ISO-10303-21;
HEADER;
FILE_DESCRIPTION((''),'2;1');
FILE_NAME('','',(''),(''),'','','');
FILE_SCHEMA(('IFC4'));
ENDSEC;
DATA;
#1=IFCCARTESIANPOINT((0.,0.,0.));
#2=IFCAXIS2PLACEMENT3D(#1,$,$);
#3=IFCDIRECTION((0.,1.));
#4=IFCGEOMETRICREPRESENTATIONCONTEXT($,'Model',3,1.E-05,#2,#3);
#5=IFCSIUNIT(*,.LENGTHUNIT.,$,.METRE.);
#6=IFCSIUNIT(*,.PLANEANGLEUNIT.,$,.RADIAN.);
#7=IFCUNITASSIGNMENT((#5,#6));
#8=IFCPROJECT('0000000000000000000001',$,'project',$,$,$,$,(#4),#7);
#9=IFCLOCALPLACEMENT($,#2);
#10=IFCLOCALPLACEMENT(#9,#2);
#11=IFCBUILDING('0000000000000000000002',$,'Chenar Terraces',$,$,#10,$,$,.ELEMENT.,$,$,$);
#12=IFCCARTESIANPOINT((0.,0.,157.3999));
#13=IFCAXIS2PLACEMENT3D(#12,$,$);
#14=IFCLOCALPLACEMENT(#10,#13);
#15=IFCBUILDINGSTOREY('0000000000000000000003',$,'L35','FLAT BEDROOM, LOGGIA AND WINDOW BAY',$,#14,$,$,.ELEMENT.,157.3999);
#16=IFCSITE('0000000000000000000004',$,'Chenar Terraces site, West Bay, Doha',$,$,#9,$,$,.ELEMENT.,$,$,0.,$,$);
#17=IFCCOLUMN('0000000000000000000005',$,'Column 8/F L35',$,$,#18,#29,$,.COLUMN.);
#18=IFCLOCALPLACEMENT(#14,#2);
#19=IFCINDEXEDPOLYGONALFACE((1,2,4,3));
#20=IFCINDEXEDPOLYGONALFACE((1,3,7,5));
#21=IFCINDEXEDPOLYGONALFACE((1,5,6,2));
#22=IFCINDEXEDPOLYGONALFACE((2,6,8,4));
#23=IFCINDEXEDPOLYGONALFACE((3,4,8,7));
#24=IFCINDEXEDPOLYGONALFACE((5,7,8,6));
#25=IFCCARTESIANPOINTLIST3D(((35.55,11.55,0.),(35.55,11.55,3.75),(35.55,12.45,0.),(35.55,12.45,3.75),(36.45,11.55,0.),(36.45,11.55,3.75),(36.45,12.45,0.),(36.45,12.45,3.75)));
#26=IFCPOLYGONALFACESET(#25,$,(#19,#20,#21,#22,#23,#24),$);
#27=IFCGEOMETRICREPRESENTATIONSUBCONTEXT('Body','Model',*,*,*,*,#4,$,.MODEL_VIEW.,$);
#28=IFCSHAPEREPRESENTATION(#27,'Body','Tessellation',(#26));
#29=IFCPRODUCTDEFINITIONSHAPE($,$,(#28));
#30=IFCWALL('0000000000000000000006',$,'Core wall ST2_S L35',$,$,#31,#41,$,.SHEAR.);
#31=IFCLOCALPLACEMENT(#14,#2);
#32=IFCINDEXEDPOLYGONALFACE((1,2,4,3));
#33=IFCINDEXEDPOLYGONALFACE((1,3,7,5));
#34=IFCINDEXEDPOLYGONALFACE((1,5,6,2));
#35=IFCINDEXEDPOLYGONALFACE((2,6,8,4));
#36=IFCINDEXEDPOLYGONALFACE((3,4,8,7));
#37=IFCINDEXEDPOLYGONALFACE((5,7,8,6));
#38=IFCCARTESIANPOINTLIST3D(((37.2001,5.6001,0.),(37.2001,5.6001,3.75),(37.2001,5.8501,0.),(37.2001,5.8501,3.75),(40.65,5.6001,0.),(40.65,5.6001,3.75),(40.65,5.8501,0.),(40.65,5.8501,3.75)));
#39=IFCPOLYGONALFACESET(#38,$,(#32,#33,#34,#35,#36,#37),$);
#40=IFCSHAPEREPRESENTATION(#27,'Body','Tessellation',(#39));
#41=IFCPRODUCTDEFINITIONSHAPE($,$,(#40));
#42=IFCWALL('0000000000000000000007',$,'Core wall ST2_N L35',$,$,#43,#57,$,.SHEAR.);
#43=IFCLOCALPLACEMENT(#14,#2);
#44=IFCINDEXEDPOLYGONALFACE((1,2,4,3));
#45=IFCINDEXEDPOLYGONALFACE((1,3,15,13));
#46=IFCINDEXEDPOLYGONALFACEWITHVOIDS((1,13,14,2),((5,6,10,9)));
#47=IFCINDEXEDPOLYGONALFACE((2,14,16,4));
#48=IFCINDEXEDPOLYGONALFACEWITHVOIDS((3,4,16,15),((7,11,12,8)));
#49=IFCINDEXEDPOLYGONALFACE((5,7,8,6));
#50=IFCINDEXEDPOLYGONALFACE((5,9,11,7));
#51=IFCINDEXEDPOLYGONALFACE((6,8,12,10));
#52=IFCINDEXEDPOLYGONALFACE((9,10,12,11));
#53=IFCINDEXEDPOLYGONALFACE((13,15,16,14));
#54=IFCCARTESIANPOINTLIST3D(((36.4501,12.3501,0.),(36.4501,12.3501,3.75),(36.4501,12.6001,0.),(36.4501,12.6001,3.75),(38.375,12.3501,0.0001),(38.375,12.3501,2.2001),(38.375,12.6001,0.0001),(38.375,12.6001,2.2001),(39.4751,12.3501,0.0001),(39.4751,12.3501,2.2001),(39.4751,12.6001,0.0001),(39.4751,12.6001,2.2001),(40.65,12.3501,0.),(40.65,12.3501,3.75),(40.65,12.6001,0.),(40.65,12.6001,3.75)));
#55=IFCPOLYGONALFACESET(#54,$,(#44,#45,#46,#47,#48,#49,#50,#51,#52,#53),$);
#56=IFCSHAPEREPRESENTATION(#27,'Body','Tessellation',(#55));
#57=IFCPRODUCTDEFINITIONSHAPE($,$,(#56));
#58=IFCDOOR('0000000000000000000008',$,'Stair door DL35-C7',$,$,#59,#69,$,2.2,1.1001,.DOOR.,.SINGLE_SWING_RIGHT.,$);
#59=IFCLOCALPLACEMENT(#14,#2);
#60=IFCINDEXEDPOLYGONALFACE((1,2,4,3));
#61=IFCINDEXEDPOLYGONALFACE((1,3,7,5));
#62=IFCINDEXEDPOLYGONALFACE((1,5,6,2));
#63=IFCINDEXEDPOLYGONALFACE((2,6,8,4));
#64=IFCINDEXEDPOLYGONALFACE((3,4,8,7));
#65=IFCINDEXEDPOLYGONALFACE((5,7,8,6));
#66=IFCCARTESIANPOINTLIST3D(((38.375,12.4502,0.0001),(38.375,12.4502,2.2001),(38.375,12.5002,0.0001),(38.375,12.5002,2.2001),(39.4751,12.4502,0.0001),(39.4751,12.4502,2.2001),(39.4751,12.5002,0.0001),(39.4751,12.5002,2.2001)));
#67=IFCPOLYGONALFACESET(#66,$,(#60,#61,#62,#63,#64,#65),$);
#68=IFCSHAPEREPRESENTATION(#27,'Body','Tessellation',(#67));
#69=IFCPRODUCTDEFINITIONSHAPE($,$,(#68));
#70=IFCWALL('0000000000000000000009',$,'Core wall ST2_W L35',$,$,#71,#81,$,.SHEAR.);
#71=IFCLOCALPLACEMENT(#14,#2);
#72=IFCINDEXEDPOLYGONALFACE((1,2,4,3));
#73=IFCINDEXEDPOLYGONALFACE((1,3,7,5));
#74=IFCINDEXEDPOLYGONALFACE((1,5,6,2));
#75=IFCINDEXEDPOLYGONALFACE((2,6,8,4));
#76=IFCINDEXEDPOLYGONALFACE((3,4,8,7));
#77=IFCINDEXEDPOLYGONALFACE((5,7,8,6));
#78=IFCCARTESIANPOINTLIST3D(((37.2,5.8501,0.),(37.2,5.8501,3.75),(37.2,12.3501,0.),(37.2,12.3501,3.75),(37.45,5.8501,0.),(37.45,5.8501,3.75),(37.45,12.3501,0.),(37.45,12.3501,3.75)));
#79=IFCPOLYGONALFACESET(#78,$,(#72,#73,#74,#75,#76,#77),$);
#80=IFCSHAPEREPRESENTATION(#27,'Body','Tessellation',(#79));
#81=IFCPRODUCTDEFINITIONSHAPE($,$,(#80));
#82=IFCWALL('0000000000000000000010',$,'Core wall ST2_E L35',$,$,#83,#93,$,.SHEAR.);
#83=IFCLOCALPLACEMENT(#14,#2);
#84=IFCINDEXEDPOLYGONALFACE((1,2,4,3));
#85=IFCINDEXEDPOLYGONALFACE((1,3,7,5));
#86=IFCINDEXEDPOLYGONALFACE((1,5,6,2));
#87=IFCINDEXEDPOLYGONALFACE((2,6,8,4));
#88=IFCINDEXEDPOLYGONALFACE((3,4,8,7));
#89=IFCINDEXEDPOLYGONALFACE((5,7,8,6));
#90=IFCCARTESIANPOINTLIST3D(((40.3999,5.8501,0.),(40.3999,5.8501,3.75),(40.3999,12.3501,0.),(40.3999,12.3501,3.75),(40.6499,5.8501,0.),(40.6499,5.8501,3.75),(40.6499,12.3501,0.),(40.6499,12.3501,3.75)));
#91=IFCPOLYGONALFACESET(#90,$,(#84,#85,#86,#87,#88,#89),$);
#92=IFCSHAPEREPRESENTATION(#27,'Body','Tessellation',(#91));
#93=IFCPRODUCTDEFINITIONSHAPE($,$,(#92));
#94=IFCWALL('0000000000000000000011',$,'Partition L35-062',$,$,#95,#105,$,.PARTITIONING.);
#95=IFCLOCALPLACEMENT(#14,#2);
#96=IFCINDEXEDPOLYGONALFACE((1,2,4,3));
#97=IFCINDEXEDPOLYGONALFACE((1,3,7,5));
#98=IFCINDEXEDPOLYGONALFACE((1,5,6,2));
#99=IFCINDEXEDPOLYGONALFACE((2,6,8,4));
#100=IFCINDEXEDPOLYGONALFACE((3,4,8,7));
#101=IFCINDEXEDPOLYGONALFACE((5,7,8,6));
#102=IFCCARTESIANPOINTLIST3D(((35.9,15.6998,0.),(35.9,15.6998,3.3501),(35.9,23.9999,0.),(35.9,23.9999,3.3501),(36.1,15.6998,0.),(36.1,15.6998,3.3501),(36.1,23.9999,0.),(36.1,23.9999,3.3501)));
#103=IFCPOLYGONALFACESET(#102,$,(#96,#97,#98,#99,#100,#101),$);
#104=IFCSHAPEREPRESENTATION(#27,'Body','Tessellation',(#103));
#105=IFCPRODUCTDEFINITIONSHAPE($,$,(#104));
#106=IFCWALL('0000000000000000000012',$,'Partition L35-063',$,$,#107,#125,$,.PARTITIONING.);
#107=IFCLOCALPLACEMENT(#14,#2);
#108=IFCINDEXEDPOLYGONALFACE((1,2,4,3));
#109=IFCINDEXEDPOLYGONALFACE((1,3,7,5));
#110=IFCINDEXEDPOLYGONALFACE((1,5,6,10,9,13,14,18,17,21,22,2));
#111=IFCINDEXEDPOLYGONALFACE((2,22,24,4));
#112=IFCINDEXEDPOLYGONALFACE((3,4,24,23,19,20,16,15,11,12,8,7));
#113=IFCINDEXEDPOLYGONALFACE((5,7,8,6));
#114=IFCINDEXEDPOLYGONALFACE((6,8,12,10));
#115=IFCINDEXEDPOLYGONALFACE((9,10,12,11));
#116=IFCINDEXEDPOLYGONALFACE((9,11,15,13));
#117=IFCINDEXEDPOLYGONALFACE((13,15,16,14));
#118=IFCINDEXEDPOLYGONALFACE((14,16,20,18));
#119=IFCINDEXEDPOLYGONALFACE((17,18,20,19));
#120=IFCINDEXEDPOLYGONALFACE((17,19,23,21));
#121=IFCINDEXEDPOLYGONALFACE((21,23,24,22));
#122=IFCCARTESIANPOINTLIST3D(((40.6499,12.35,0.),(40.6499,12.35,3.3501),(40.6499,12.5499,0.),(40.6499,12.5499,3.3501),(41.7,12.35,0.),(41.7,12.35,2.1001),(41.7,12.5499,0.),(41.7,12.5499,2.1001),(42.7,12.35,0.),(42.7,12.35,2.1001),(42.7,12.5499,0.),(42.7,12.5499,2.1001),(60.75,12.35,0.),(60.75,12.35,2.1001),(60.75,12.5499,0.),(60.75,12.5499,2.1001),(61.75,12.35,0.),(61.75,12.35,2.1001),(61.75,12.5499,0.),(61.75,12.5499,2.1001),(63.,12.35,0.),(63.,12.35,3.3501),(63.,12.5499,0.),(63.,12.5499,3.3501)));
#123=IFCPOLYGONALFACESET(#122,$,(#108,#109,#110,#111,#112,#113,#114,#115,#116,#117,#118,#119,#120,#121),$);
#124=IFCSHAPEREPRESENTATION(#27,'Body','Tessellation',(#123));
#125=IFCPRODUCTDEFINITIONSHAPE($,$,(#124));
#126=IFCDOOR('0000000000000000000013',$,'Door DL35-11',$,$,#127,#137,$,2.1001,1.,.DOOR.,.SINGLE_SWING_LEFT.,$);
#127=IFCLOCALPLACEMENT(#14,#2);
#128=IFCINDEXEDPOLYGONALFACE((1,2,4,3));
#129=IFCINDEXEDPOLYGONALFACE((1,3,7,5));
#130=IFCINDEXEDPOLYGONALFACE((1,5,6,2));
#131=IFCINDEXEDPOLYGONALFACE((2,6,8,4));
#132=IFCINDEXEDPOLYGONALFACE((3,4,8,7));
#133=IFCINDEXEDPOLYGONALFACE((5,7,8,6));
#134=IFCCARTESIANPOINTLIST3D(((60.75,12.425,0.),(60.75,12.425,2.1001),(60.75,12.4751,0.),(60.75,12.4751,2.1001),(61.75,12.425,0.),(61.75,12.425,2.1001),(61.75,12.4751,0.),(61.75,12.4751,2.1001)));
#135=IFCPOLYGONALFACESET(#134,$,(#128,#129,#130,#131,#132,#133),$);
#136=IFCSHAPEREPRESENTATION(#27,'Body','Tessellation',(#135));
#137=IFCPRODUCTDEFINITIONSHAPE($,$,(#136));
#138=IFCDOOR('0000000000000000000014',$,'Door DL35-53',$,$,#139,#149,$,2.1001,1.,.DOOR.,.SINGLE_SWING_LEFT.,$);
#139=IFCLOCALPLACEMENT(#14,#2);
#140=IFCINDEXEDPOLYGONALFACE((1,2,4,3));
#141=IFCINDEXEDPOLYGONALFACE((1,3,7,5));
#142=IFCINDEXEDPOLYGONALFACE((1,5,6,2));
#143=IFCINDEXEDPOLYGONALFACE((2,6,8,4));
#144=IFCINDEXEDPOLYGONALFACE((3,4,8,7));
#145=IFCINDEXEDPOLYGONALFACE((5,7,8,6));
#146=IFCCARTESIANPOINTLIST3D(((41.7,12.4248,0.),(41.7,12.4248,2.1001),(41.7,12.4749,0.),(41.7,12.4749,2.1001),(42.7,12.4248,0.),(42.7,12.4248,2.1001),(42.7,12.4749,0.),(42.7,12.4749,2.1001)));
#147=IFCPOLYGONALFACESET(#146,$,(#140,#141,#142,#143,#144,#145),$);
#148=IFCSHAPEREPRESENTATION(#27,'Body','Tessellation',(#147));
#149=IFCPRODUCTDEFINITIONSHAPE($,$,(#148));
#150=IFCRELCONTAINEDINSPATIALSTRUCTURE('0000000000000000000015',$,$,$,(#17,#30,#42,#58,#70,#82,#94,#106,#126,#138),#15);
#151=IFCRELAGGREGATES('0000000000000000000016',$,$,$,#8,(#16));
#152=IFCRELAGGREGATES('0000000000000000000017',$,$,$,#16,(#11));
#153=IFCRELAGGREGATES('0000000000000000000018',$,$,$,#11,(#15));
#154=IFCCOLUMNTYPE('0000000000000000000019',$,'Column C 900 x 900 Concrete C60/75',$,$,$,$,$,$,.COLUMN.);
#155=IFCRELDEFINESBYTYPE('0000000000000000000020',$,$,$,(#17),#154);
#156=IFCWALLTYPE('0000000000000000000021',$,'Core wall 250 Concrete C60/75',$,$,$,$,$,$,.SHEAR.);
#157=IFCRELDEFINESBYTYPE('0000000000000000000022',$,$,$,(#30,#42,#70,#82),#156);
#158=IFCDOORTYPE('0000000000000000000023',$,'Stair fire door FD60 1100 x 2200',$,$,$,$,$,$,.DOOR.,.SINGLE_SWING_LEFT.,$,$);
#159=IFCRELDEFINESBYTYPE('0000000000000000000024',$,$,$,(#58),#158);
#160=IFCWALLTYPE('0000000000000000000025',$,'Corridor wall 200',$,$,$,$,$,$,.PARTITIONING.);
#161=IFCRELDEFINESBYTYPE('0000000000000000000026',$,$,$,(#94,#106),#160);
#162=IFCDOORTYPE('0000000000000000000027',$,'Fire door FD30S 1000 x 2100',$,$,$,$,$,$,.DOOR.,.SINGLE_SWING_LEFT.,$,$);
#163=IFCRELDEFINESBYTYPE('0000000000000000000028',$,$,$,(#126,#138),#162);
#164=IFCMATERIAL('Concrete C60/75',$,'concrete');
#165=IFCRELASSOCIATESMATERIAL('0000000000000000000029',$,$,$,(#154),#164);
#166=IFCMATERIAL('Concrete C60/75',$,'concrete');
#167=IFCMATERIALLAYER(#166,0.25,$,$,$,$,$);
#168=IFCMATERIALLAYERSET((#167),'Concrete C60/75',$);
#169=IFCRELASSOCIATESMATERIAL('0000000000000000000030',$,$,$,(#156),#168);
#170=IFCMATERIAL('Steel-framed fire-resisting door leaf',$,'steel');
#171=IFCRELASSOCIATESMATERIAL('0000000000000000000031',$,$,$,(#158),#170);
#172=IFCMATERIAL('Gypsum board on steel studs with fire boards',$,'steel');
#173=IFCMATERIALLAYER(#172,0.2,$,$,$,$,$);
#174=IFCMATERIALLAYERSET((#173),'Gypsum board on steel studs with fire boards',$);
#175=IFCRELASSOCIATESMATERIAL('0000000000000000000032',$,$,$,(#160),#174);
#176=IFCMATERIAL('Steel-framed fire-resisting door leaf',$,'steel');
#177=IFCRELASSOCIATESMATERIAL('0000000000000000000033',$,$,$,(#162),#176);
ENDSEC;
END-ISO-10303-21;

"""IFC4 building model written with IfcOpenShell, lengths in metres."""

from ifc_helpers import new_model, si_unit, direction, frame, frame_2d, origin, origin_2d, place, context, subcontext, project, spatial, rectangle, extrude, material, layer, layer_set, material_profile, profile_set, type_object, element, fill, save


model = new_model("IFC4")

# Units and contexts
model_context = context("Model", 3, precision=1e-05, world=origin(), true_north=direction((0.0, 1.0)))
body_context = subcontext(model_context, "Body", "Model", "MODEL_VIEW")
ifc_project = project(units=[si_unit("LENGTHUNIT", "METRE"), si_unit("PLANEANGLEUNIT", "RADIAN")], contexts=[model_context])

# Site, building, storey
site_placement = place(None, origin())
site = spatial("IfcSite", under=ifc_project, at=site_placement, Name="Chenar Terraces site, West Bay, Doha", CompositionType="ELEMENT", RefElevation=0.0)
building_placement = place(site_placement, origin())
building = spatial("IfcBuilding", under=site, at=building_placement, Name="Chenar Terraces", CompositionType="ELEMENT")
storey_placement = place(building_placement, frame((0.0, 0.0, 157.3999)))
storey = spatial("IfcBuildingStorey", under=building, at=storey_placement, Name="L35", Description="FLAT BEDROOM, LOGGIA AND WINDOW BAY", CompositionType="ELEMENT", Elevation=157.3999)

# Column
ifc_material_1 = material(Name="Concrete C60/75", Category="concrete")
ifc_material_profile_1 = material_profile(ifc_material_1, rectangle(XDim=0.8999, YDim=0.8999, at=origin_2d()), Name="C 900 x 900")
ifc_profile_set_1 = profile_set([ifc_material_profile_1], Name="Concrete C60/75")
column_type = type_object("IfcColumnType", Name="Column C 900 x 900 Concrete C60/75", PredefinedType="COLUMN", material=ifc_profile_set_1)
column_placement = place(storey_placement, frame((36.0, 12.0, 0.0), z_axis=(0.0, 0.0, 1.0), x_axis=(1.0, 0.0, 0.0)))
element("IfcColumn", 1, at=column_placement, inside=storey, type_object=column_type, Name="Column 8/F L35", PredefinedType="COLUMN", context=body_context, shape_type="SweptSolid", body=[
    extrude(rectangle(XDim=0.8999, YDim=0.8999, at=origin_2d()), origin(), (0.0, 0.0, 1.0), 3.75),
])

# Wall
ifc_material_2 = material(Name="Concrete C60/75", Category="concrete")
ifc_layer_1 = layer(ifc_material_2, 0.25)
ifc_layer_set_1 = layer_set([ifc_layer_1], Name="Concrete C60/75")
wall_type_1 = type_object("IfcWallType", Name="Core wall 250 Concrete C60/75", PredefinedType="SHEAR", material=ifc_layer_set_1)
wall_1_placement = place(storey_placement, frame((37.2, 5.7251, 0.0), z_axis=(0.0, 0.0, 1.0), x_axis=(1.0, 0.0, 0.0)))
element("IfcWall", 2, at=wall_1_placement, inside=storey, type_object=wall_type_1, Name="Core wall ST2_S L35", PredefinedType="SHEAR", context=body_context, shape_type="SweptSolid", body=[
    extrude(rectangle(XDim=3.45, YDim=0.25, at=frame_2d((1.7251, 0.0))), origin(), (0.0, 0.0, 1.0), 3.75),
])

# Wall, opening, door
wall_2_placement = place(storey_placement, frame((36.45, 12.4751, 0.0), z_axis=(0.0, 0.0, 1.0), x_axis=(1.0, 0.0, 0.0)))
wall_2 = element("IfcWall", 3, at=wall_2_placement, inside=storey, type_object=wall_type_1, Name="Core wall ST2_N L35", PredefinedType="SHEAR", context=body_context, shape_type="SweptSolid", body=[
    extrude(rectangle(XDim=4.2, YDim=0.25, at=frame_2d((2.1001, 0.0))), origin(), (0.0, 0.0, 1.0), 3.75),
])
opening_1_placement = place(wall_2_placement, frame((1.925, 0.0, 0.0)))
opening_1 = element("IfcOpeningElement", 4, at=opening_1_placement, cuts=wall_2, PredefinedType="OPENING", context=body_context, shape_type="SweptSolid", body=[
    extrude(rectangle(XDim=1.1001, YDim=2.2, at=frame_2d((0.55, 1.1001))), frame((0.0, 0.135, 0.0), z_axis=(0.0, -1.0, 0.0), x_axis=(1.0, 0.0, 0.0)), (0.0, 0.0, 1.0), 0.27),
])
ifc_material_3 = material(Name="Steel-framed fire-resisting door leaf", Category="steel")
door_type_1 = type_object("IfcDoorType", Name="Stair fire door FD60 1100 x 2200", OperationType="SINGLE_SWING_LEFT", PredefinedType="DOOR", material=ifc_material_3)
door_1_placement = place(opening_1_placement, frame((1.1001, 0.0, 0.0), z_axis=(0.0, 0.0, 1.0), x_axis=(-1.0, 0.0, 0.0)))
door_1 = element("IfcDoor", 5, at=door_1_placement, inside=storey, type_object=door_type_1, Name="Stair door DL35-C7", OperationType="SINGLE_SWING_RIGHT", OverallHeight=2.2, OverallWidth=1.1001, PredefinedType="DOOR", context=body_context, shape_type="SweptSolid", body=[
    extrude(rectangle(XDim=1.1001, YDim=2.2, at=frame_2d((0.55, 1.1001))), frame((0.0, 0.0249, 0.0), z_axis=(0.0, -1.0, 0.0), x_axis=(1.0, 0.0, 0.0)), (0.0, 0.0, 1.0), 0.05),
])
fill(opening_1, door_1)

# Walls
for number, where, z_axis, x_axis, name in (
    (6, (37.325, 5.8501, 0.0), (0.0, 0.0, 1.0), (0.0, 1.0, 0.0), "Core wall ST2_W L35"),
    (7, (40.5249, 5.8501, 0.0), (0.0, 0.0, 1.0), (0.0, 1.0, 0.0), "Core wall ST2_E L35"),
):
    element("IfcWall", number, at=place(storey_placement, frame(where, z_axis=z_axis, x_axis=x_axis)), inside=storey, type_object=wall_type_1, Name=name, PredefinedType="SHEAR", context=body_context, shape_type="SweptSolid", body=[
        extrude(rectangle(XDim=6.5, YDim=0.25, at=frame_2d((3.25, 0.0))), origin(), (0.0, 0.0, 1.0), 3.75),
    ])
ifc_material_4 = material(Name="Gypsum board on steel studs with fire boards", Category="steel")
ifc_layer_2 = layer(ifc_material_4, 0.2)
ifc_layer_set_2 = layer_set([ifc_layer_2], Name="Gypsum board on steel studs with fire boards")
wall_type_2 = type_object("IfcWallType", Name="Corridor wall 200", PredefinedType="PARTITIONING", material=ifc_layer_set_2)
wall_3_placement = place(storey_placement, frame((36.0, 15.7, 0.0), z_axis=(0.0, 0.0, 1.0), x_axis=(0.0, 1.0, 0.0)))
element("IfcWall", 8, at=wall_3_placement, inside=storey, type_object=wall_type_2, Name="Partition L35-062", PredefinedType="PARTITIONING", context=body_context, shape_type="SweptSolid", body=[
    extrude(rectangle(XDim=8.3, YDim=0.2, at=frame_2d((4.1499, 0.0))), origin(), (0.0, 0.0, 1.0), 3.3501),
])

# Wall, openings, doors
wall_4_placement = place(storey_placement, frame((40.6499, 12.45, 0.0), z_axis=(0.0, 0.0, 1.0), x_axis=(1.0, 0.0, 0.0)))
wall_4 = element("IfcWall", 9, at=wall_4_placement, inside=storey, type_object=wall_type_2, Name="Partition L35-063", PredefinedType="PARTITIONING", context=body_context, shape_type="SweptSolid", body=[
    extrude(rectangle(XDim=22.3501, YDim=0.2, at=frame_2d((11.175, 0.0))), origin(), (0.0, 0.0, 1.0), 3.3501),
])
opening_2_placement = place(wall_4_placement, frame((20.1001, 0.0, 0.0)))
opening_2 = element("IfcOpeningElement", 10, at=opening_2_placement, cuts=wall_4, PredefinedType="OPENING", context=body_context, shape_type="SweptSolid", body=[
    extrude(rectangle(XDim=1.0, YDim=2.1001, at=frame_2d((0.5, 1.05))), frame((0.0, 0.1099, 0.0), z_axis=(0.0, -1.0, 0.0), x_axis=(1.0, 0.0, 0.0)), (0.0, 0.0, 1.0), 0.22),
])
opening_3_placement = place(wall_4_placement, frame((1.05, 0.0, 0.0)))
opening_3 = element("IfcOpeningElement", 11, at=opening_3_placement, cuts=wall_4, PredefinedType="OPENING", context=body_context, shape_type="SweptSolid", body=[
    extrude(rectangle(XDim=1.0, YDim=2.1001, at=frame_2d((0.5, 1.05))), frame((0.0, 0.1099, 0.0), z_axis=(0.0, -1.0, 0.0), x_axis=(1.0, 0.0, 0.0)), (0.0, 0.0, 1.0), 0.22),
])
ifc_material_5 = material(Name="Steel-framed fire-resisting door leaf", Category="steel")
door_type_2 = type_object("IfcDoorType", Name="Fire door FD30S 1000 x 2100", OperationType="SINGLE_SWING_LEFT", PredefinedType="DOOR", material=ifc_material_5)
door_2_placement = place(opening_2_placement, frame((1.0, 0.0, 0.0), z_axis=(0.0, 0.0, 1.0), x_axis=(-1.0, 0.0, 0.0)))
door_2 = element("IfcDoor", 12, at=door_2_placement, inside=storey, type_object=door_type_2, Name="Door DL35-11", OperationType="SINGLE_SWING_LEFT", OverallHeight=2.1001, OverallWidth=1.0, PredefinedType="DOOR", context=body_context, shape_type="SweptSolid", body=[
    extrude(rectangle(XDim=1.0, YDim=2.1001, at=frame_2d((0.5, 1.05))), frame((0.0, 0.0249, 0.0), z_axis=(0.0, -1.0, 0.0), x_axis=(1.0, 0.0, 0.0)), (0.0, 0.0, 1.0), 0.05),
])
fill(opening_2, door_2)
door_3_placement = place(opening_3_placement, origin())
door_3 = element("IfcDoor", 13, at=door_3_placement, inside=storey, type_object=door_type_2, Name="Door DL35-53", OperationType="SINGLE_SWING_LEFT", OverallHeight=2.1001, OverallWidth=1.0, PredefinedType="DOOR", context=body_context, shape_type="SweptSolid", body=[
    extrude(rectangle(XDim=1.0, YDim=2.1001, at=frame_2d((0.5, 1.05))), frame((0.0, 0.0249, 0.0), z_axis=(0.0, -1.0, 0.0), x_axis=(1.0, 0.0, 0.0)), (0.0, 0.0, 1.0), 0.05),
])
fill(opening_3, door_3)

save(model, "model.ifc")
